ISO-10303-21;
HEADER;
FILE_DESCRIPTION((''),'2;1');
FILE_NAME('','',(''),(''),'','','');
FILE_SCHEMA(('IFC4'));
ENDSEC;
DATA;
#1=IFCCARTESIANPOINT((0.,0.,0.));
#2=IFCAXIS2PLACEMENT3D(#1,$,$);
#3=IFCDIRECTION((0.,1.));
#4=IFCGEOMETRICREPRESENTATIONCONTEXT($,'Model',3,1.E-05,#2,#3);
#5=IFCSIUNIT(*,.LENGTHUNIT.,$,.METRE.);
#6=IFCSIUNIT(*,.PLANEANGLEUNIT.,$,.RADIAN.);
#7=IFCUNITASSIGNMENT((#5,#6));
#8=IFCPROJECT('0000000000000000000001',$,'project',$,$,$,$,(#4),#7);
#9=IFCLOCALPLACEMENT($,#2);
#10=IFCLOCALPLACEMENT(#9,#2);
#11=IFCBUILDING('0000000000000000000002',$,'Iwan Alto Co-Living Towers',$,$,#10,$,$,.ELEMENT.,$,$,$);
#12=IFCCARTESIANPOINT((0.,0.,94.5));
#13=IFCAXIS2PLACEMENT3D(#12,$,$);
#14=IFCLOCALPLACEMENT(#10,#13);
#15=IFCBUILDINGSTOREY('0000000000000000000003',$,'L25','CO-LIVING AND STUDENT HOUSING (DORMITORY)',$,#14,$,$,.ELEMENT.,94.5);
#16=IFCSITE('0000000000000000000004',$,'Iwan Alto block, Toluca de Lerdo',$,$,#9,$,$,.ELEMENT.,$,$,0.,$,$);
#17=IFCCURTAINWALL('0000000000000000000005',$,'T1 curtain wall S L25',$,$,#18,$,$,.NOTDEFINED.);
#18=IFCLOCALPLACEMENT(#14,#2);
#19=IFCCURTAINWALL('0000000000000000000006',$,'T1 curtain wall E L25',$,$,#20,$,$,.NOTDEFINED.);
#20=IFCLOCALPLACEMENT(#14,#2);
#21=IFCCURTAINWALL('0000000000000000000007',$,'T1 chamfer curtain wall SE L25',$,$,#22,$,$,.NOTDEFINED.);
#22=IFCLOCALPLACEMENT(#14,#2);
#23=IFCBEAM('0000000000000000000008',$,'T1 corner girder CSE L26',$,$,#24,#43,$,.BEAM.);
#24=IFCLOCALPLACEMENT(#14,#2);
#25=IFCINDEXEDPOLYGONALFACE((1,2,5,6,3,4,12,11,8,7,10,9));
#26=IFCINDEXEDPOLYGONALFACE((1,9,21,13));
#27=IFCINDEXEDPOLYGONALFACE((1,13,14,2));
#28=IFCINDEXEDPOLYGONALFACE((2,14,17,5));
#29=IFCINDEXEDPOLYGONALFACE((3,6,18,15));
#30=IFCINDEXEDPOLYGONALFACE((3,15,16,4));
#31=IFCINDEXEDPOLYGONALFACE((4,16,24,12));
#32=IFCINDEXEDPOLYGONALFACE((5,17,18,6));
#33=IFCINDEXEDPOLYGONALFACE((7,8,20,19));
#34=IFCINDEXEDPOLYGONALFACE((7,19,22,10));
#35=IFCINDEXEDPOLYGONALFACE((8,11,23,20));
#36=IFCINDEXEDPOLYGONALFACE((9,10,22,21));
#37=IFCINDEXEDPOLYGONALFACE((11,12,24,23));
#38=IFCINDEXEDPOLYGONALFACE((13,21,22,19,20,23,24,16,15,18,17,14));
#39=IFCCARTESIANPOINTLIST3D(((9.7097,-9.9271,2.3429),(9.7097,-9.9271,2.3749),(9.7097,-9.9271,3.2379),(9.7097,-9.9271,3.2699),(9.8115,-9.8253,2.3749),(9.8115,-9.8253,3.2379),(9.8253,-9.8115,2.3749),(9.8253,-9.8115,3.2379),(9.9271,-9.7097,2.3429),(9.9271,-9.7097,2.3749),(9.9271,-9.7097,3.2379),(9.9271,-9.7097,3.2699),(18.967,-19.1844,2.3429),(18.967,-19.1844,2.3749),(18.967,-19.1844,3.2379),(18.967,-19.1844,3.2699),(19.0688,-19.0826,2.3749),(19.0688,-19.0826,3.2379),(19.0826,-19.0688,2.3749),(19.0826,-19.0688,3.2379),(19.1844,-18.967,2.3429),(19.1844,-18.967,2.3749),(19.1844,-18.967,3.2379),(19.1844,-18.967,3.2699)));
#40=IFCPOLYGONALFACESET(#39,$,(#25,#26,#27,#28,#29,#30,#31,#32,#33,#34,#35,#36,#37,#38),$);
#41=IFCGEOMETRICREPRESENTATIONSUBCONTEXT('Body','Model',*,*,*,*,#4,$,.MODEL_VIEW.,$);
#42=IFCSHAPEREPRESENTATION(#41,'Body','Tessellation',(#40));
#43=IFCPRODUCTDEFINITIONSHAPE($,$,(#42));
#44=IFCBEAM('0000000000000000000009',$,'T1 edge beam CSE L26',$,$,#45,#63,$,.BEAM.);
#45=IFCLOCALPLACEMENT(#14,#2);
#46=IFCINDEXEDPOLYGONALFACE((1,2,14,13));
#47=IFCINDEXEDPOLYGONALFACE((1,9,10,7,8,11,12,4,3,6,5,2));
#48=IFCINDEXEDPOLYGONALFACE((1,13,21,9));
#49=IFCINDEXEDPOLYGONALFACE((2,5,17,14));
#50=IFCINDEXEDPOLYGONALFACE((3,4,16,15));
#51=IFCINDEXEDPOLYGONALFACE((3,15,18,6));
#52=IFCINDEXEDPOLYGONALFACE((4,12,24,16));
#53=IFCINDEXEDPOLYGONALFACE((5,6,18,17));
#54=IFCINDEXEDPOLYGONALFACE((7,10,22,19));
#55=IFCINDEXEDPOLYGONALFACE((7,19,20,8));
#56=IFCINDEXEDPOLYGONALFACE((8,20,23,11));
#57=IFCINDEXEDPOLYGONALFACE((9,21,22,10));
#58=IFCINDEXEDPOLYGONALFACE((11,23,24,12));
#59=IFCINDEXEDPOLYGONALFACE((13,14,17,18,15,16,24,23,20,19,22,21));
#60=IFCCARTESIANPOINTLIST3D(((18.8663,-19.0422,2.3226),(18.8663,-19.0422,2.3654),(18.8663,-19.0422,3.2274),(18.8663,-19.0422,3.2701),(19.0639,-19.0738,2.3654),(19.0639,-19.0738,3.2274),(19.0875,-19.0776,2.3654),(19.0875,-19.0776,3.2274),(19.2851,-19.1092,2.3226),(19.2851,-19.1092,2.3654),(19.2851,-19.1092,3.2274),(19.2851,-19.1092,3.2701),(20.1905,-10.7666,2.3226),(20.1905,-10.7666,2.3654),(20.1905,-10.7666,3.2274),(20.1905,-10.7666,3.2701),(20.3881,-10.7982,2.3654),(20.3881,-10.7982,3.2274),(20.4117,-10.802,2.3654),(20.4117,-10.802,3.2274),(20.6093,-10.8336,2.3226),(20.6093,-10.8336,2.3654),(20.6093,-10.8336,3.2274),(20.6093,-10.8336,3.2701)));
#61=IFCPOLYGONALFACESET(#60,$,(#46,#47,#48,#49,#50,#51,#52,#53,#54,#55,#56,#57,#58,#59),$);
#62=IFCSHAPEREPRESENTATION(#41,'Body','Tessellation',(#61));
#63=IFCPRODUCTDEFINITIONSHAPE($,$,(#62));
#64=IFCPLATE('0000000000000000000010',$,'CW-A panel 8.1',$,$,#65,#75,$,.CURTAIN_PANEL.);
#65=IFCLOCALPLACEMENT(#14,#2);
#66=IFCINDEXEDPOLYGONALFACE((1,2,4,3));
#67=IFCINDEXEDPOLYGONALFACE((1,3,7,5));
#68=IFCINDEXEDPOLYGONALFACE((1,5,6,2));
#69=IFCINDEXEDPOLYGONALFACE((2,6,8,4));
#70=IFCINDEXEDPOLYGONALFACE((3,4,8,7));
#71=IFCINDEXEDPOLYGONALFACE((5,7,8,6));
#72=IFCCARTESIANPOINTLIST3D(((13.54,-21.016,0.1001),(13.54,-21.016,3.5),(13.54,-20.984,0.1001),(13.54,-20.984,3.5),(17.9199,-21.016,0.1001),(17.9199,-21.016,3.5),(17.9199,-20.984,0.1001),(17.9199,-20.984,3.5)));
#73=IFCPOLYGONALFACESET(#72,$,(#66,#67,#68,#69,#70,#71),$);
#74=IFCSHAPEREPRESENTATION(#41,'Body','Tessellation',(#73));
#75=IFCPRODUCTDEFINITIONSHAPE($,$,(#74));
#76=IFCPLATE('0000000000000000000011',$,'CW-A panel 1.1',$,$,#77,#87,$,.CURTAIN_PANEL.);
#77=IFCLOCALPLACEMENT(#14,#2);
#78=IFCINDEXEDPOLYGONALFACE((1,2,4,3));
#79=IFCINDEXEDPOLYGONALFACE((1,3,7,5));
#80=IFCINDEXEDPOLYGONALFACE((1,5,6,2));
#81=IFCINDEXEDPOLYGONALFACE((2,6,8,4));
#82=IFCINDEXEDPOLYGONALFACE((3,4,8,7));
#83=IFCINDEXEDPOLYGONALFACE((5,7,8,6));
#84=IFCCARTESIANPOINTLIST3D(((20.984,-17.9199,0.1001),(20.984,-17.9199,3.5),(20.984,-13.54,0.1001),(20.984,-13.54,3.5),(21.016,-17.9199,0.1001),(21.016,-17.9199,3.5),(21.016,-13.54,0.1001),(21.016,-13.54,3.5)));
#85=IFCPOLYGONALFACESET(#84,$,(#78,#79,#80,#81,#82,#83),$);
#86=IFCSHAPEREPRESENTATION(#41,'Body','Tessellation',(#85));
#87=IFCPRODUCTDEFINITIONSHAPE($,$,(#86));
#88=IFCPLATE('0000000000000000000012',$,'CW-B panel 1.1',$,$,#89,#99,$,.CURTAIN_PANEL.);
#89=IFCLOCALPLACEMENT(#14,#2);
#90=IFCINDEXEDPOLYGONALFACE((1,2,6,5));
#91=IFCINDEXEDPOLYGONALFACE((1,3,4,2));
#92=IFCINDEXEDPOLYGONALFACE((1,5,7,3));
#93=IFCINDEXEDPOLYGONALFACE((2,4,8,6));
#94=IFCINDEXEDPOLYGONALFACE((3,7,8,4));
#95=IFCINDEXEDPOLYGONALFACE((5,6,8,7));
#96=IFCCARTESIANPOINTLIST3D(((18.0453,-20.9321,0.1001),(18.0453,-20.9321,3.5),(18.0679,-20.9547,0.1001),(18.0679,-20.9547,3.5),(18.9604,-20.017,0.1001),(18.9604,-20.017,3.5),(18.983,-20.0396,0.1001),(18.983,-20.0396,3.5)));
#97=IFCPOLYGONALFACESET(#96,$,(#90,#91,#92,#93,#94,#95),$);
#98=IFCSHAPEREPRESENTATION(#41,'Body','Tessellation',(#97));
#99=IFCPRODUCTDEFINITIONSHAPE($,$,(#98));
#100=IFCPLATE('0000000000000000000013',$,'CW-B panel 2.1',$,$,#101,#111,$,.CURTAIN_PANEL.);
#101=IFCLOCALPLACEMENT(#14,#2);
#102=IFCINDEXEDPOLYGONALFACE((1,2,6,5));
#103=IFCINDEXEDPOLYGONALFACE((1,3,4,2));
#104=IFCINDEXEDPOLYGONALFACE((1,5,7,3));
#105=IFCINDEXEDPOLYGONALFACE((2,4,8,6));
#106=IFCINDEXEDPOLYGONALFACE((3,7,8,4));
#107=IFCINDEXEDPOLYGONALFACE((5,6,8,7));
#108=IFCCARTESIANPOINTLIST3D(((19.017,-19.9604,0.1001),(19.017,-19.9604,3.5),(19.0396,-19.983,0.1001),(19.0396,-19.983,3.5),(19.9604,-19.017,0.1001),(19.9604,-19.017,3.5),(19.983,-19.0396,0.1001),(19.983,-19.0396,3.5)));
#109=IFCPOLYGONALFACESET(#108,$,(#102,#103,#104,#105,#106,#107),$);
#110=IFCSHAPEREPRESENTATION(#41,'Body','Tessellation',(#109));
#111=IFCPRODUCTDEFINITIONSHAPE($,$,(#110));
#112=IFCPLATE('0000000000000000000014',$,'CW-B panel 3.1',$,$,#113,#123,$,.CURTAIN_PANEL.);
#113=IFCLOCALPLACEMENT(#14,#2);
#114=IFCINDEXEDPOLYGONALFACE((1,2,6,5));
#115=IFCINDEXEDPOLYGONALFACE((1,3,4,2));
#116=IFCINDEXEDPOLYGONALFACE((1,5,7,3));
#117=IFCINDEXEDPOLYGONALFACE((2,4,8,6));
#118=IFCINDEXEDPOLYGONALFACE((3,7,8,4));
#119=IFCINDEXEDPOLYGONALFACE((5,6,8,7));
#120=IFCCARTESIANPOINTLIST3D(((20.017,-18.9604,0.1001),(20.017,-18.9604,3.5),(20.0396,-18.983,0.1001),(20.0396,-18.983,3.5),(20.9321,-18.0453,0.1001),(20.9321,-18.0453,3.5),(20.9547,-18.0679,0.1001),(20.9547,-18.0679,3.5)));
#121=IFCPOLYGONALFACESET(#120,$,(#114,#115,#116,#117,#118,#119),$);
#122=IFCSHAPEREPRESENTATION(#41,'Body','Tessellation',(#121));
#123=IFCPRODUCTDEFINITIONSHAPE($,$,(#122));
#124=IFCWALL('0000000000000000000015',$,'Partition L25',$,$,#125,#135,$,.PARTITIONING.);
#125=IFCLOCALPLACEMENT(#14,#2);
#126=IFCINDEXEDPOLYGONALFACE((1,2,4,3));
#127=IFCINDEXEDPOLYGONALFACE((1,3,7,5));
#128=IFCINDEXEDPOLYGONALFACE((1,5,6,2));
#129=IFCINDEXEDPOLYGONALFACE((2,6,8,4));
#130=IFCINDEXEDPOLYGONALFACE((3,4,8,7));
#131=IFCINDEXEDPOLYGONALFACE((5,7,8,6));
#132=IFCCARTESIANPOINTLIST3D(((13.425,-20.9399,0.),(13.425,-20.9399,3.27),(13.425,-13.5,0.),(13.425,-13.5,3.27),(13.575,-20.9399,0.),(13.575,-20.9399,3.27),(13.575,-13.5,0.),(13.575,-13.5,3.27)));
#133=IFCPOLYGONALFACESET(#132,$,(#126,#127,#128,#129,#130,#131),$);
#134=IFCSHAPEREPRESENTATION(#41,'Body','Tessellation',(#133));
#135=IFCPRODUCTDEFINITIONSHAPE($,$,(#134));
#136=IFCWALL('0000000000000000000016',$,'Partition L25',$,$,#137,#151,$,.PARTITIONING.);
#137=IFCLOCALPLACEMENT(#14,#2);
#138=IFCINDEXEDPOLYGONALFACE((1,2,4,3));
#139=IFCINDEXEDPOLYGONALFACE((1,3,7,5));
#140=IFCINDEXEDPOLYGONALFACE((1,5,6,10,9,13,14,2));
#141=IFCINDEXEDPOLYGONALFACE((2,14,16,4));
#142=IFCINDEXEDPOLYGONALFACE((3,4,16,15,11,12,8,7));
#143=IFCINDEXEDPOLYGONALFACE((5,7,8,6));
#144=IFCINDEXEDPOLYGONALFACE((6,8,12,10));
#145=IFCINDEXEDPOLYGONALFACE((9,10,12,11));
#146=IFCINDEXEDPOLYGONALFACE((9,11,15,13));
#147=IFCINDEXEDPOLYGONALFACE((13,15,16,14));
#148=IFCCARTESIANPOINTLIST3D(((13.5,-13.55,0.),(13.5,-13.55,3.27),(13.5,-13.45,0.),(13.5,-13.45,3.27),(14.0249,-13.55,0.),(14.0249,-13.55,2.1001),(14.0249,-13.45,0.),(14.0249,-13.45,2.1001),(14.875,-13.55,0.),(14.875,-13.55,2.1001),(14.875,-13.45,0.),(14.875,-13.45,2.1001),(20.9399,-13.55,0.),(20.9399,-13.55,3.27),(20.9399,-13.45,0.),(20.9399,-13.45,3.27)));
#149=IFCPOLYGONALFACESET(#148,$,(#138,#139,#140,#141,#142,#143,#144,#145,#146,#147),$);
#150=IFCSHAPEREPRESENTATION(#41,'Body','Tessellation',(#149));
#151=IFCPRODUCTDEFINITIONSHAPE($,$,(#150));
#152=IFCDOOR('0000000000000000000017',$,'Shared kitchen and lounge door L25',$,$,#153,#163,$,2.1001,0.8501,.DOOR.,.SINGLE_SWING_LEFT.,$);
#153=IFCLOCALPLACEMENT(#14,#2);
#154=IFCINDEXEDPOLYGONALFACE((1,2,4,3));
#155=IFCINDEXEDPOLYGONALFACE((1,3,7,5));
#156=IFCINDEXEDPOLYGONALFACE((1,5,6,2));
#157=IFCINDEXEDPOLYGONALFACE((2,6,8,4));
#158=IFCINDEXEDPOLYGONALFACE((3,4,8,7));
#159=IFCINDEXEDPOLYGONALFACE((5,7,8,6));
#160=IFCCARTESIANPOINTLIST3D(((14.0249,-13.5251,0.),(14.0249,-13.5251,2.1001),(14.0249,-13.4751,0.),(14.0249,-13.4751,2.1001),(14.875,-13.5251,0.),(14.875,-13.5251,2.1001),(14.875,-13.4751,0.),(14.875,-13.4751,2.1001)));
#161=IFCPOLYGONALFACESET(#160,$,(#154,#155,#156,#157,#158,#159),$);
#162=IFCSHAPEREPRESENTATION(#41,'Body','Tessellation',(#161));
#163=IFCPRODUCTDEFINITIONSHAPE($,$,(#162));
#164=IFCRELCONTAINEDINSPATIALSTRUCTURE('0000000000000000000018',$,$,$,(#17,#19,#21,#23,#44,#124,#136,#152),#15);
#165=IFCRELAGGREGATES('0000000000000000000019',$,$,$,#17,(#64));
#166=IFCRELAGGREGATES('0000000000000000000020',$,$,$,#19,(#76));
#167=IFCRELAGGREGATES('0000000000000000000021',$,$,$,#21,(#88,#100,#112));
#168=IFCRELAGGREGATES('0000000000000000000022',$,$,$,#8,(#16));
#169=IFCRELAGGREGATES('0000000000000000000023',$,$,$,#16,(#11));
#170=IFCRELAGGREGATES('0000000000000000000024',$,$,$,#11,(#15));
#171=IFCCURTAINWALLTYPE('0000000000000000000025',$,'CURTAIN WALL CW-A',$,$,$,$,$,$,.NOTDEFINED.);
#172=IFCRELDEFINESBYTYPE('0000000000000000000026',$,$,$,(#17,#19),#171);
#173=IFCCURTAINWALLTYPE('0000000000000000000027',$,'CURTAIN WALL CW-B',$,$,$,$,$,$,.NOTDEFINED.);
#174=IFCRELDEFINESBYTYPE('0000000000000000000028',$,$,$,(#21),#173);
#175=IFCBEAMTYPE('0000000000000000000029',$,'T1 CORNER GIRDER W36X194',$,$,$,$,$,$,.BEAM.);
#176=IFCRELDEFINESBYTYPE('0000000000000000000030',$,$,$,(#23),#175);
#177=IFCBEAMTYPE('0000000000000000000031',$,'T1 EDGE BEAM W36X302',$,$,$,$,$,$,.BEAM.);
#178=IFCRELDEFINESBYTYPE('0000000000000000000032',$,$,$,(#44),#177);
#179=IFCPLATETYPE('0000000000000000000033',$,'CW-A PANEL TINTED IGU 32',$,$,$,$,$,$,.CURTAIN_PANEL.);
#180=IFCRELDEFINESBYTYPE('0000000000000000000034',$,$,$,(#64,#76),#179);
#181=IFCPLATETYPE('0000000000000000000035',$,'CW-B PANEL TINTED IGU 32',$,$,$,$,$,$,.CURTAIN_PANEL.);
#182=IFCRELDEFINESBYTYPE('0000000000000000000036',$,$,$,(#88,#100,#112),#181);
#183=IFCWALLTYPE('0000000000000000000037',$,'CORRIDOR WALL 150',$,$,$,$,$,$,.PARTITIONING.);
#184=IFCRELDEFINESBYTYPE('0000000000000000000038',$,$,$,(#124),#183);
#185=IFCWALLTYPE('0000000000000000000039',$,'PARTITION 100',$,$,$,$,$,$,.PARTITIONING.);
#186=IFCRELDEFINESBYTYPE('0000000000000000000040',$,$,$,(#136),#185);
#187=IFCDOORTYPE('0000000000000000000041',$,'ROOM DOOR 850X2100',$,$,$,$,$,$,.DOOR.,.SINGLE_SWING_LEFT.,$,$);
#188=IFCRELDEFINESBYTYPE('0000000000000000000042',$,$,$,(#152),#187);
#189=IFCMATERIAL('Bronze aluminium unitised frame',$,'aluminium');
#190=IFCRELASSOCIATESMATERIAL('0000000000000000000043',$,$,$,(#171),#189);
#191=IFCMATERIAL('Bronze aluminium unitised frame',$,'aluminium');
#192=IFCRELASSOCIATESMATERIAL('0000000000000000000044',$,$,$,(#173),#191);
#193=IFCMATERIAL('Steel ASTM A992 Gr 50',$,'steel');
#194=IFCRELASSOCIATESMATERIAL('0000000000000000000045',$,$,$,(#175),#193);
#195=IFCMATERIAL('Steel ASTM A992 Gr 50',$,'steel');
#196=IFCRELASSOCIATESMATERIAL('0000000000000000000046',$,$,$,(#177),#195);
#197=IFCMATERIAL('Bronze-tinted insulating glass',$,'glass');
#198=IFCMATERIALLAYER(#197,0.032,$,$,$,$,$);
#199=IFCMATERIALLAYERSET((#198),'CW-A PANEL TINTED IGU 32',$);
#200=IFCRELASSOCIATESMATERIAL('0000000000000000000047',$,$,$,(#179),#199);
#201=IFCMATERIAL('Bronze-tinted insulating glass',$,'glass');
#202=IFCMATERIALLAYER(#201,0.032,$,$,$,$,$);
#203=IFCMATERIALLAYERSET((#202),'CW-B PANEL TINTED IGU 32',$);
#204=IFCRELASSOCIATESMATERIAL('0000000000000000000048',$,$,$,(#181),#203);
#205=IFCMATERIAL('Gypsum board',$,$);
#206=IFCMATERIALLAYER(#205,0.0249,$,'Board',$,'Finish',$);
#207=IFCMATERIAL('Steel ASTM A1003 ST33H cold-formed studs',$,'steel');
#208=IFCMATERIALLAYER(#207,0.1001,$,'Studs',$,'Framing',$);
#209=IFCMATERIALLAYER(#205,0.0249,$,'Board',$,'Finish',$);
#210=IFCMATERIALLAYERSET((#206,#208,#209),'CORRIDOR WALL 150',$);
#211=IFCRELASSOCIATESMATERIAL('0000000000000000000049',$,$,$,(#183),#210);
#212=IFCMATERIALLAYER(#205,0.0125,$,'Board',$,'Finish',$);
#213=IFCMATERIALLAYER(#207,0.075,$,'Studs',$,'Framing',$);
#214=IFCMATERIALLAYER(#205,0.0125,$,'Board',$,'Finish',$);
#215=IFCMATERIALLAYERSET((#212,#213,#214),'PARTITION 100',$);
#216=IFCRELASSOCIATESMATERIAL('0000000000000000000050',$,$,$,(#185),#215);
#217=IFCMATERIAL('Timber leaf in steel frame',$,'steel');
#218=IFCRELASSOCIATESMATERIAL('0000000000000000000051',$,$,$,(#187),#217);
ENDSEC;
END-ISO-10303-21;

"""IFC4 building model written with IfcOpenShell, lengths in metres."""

from ifc_helpers import new_model, si_unit, direction, frame, frame_2d, origin, origin_2d, place, context, subcontext, project, spatial, rectangle, i_section, extrude, material, layer, layer_set, material_profile, profile_set, type_object, element, fill, aggregate, save


model = new_model("IFC4")

# Units and contexts
model_context = context("Model", 3, precision=1e-05, world=origin(), true_north=direction((0.0, 1.0)))
body_context = subcontext(model_context, "Body", "Model", "MODEL_VIEW")
ifc_project = project(units=[si_unit("LENGTHUNIT", "METRE"), si_unit("PLANEANGLEUNIT", "RADIAN")], contexts=[model_context])

# Site, building, storey
site_placement = place(None, origin())
site = spatial("IfcSite", under=ifc_project, at=site_placement, Name="Iwan Alto block, Toluca de Lerdo", CompositionType="ELEMENT", RefElevation=0.0)
building_placement = place(site_placement, origin())
building = spatial("IfcBuilding", under=site, at=building_placement, Name="Iwan Alto Co-Living Towers", CompositionType="ELEMENT")
storey_placement = place(building_placement, frame((0.0, 0.0, 94.5)))
storey = spatial("IfcBuildingStorey", under=building, at=storey_placement, Name="L25", Description="CO-LIVING AND STUDENT HOUSING (DORMITORY)", CompositionType="ELEMENT", Elevation=94.5)

# Curtain wall
ifc_material_1 = material(Name="Bronze aluminium unitised frame", Category="aluminium")
curtain_wall_type_1 = type_object("IfcCurtainWallType", Name="CURTAIN WALL CW-A", PredefinedType="NOTDEFINED", material=ifc_material_1)
curtain_wall_1_placement = place(storey_placement, origin())
curtain_wall_1 = element("IfcCurtainWall", 1, at=curtain_wall_1_placement, inside=storey, type_object=curtain_wall_type_1, Name="T1 curtain wall S L25", PredefinedType="NOTDEFINED")

# Curtain wall
curtain_wall_2_placement = place(storey_placement, origin())
curtain_wall_2 = element("IfcCurtainWall", 2, at=curtain_wall_2_placement, inside=storey, type_object=curtain_wall_type_1, Name="T1 curtain wall E L25", PredefinedType="NOTDEFINED")

# Curtain wall
ifc_material_2 = material(Name="Bronze aluminium unitised frame", Category="aluminium")
curtain_wall_type_2 = type_object("IfcCurtainWallType", Name="CURTAIN WALL CW-B", PredefinedType="NOTDEFINED", material=ifc_material_2)
curtain_wall_3_placement = place(storey_placement, origin())
curtain_wall_3 = element("IfcCurtainWall", 3, at=curtain_wall_3_placement, inside=storey, type_object=curtain_wall_type_2, Name="T1 chamfer curtain wall SE L25", PredefinedType="NOTDEFINED")

# Beams
ifc_material_3 = material(Name="Steel ASTM A992 Gr 50", Category="steel")
ifc_material_profile_1 = material_profile(ifc_material_3, i_section(OverallWidth=0.3074, OverallDepth=0.927, WebThickness=0.0195, FlangeThickness=0.032, at=origin_2d()), Name="W36X194")
ifc_profile_set_1 = profile_set([ifc_material_profile_1], Name="Steel ASTM A992 Gr 50")
beam_type_1 = type_object("IfcBeamType", Name="T1 CORNER GIRDER W36X194", PredefinedType="BEAM", material=ifc_profile_set_1)
beam_1_placement = place(storey_placement, frame((19.0757, -19.0757, 2.8064), z_axis=(-0.707107, 0.707107, 0.0), x_axis=(-0.707107, -0.707107, 0.0)))
element("IfcBeam", 4, at=beam_1_placement, inside=storey, type_object=beam_type_1, Name="T1 corner girder CSE L26", PredefinedType="BEAM", context=body_context, shape_type="SweptSolid", body=[
    extrude(i_section(OverallWidth=0.3074, OverallDepth=0.927, WebThickness=0.0195, FlangeThickness=0.032, at=origin_2d()), origin(), (0.0, 0.0, 1.0), 13.0918),
])
ifc_material_4 = material(Name="Steel ASTM A992 Gr 50", Category="steel")
ifc_material_profile_2 = material_profile(ifc_material_4, i_section(OverallWidth=0.4241, OverallDepth=0.9475, WebThickness=0.0239, FlangeThickness=0.0427, at=origin_2d()), Name="W36X302")
ifc_profile_set_2 = profile_set([ifc_material_profile_2], Name="Steel ASTM A992 Gr 50")
beam_type_2 = type_object("IfcBeamType", Name="T1 EDGE BEAM W36X302", PredefinedType="BEAM", material=ifc_profile_set_2)
beam_2_placement = place(storey_placement, frame((19.0757, -19.0757, 2.7964), z_axis=(0.158004, 0.987438, 0.0), x_axis=(-0.987438, 0.158004, 0.0)))
element("IfcBeam", 5, at=beam_2_placement, inside=storey, type_object=beam_type_2, Name="T1 edge beam CSE L26", PredefinedType="BEAM", context=body_context, shape_type="SweptSolid", body=[
    extrude(i_section(OverallWidth=0.4241, OverallDepth=0.9475, WebThickness=0.0239, FlangeThickness=0.0427, at=origin_2d()), origin(), (0.0, 0.0, 1.0), 8.3809),
])

# Plates
ifc_material_5 = material(Name="Bronze-tinted insulating glass", Category="glass")
ifc_layer_1 = layer(ifc_material_5, 0.032)
ifc_layer_set_1 = layer_set([ifc_layer_1], Name="CW-A PANEL TINTED IGU 32")
plate_type_1 = type_object("IfcPlateType", Name="CW-A PANEL TINTED IGU 32", PredefinedType="CURTAIN_PANEL", material=ifc_layer_set_1)
plate_1_placement = place(storey_placement, frame((15.73, -21.0, 0.1001), z_axis=(0.0, 0.0, 1.0), x_axis=(1.0, 0.0, 0.0)))
plate_1 = element("IfcPlate", 6, at=plate_1_placement, type_object=plate_type_1, Name="CW-A panel 8.1", PredefinedType="CURTAIN_PANEL", context=body_context, shape_type="SweptSolid", body=[
    extrude(rectangle(XDim=4.3799, YDim=0.032, at=origin_2d()), origin(), (0.0, 0.0, 1.0), 3.3999),
])
aggregate(curtain_wall_1, [plate_1])
plate_2_placement = place(storey_placement, frame((21.0, -15.73, 0.1001), z_axis=(0.0, 0.0, 1.0), x_axis=(0.0, 1.0, 0.0)))
plate_2 = element("IfcPlate", 7, at=plate_2_placement, type_object=plate_type_1, Name="CW-A panel 1.1", PredefinedType="CURTAIN_PANEL", context=body_context, shape_type="SweptSolid", body=[
    extrude(rectangle(XDim=4.3799, YDim=0.032, at=origin_2d()), origin(), (0.0, 0.0, 1.0), 3.3999),
])
aggregate(curtain_wall_2, [plate_2])
ifc_material_6 = material(Name="Bronze-tinted insulating glass", Category="glass")
ifc_layer_2 = layer(ifc_material_6, 0.032)
ifc_layer_set_2 = layer_set([ifc_layer_2], Name="CW-B PANEL TINTED IGU 32")
plate_type_2 = type_object("IfcPlateType", Name="CW-B PANEL TINTED IGU 32", PredefinedType="CURTAIN_PANEL", material=ifc_layer_set_2)
plate_3_placement = place(storey_placement, frame((18.5142, -20.4858, 0.1001), z_axis=(0.0, 0.0, 1.0), x_axis=(0.707107, 0.707107, 0.0)))
plate_3 = element("IfcPlate", 8, at=plate_3_placement, type_object=plate_type_2, Name="CW-B panel 1.1", PredefinedType="CURTAIN_PANEL", context=body_context, shape_type="SweptSolid", body=[
    extrude(rectangle(XDim=1.2942, YDim=0.032, at=origin_2d()), origin(), (0.0, 0.0, 1.0), 3.3999),
])
plate_4_placement = place(storey_placement, frame((19.5, -19.5, 0.1001), z_axis=(0.0, 0.0, 1.0), x_axis=(0.707107, 0.707107, 0.0)))
plate_4 = element("IfcPlate", 9, at=plate_4_placement, type_object=plate_type_2, Name="CW-B panel 2.1", PredefinedType="CURTAIN_PANEL", context=body_context, shape_type="SweptSolid", body=[
    extrude(rectangle(XDim=1.3342, YDim=0.032, at=origin_2d()), origin(), (0.0, 0.0, 1.0), 3.3999),
])
plate_5_placement = place(storey_placement, frame((20.4858, -18.5142, 0.1001), z_axis=(0.0, 0.0, 1.0), x_axis=(0.707107, 0.707107, 0.0)))
plate_5 = element("IfcPlate", 10, at=plate_5_placement, type_object=plate_type_2, Name="CW-B panel 3.1", PredefinedType="CURTAIN_PANEL", context=body_context, shape_type="SweptSolid", body=[
    extrude(rectangle(XDim=1.2942, YDim=0.032, at=origin_2d()), origin(), (0.0, 0.0, 1.0), 3.3999),
])
aggregate(curtain_wall_3, [plate_3, plate_4, plate_5])

# Wall
ifc_material_7 = material(Name="Gypsum board")
ifc_layer_3 = layer(ifc_material_7, 0.0249, Name="Board", Category="Finish")
ifc_material_8 = material(Name="Steel ASTM A1003 ST33H cold-formed studs", Category="steel")
ifc_layer_4 = layer(ifc_material_8, 0.1001, Name="Studs", Category="Framing")
ifc_layer_5 = layer(ifc_material_7, 0.0249, Name="Board", Category="Finish")
ifc_layer_set_3 = layer_set([ifc_layer_3, ifc_layer_4, ifc_layer_5], Name="CORRIDOR WALL 150")
wall_type_1 = type_object("IfcWallType", Name="CORRIDOR WALL 150", PredefinedType="PARTITIONING", material=ifc_layer_set_3)
wall_1_placement = place(storey_placement, frame((13.5, -20.9399, 0.0), z_axis=(0.0, 0.0, 1.0), x_axis=(0.0, 1.0, 0.0)))
element("IfcWall", 11, at=wall_1_placement, inside=storey, type_object=wall_type_1, Name="Partition L25", PredefinedType="PARTITIONING", context=body_context, shape_type="SweptSolid", body=[
    extrude(rectangle(XDim=7.4399, YDim=0.1499, at=frame_2d((3.72, 0.0))), origin(), (0.0, 0.0, 1.0), 3.27),
])

# Wall, opening, door
ifc_layer_6 = layer(ifc_material_7, 0.0125, Name="Board", Category="Finish")
ifc_layer_7 = layer(ifc_material_8, 0.075, Name="Studs", Category="Framing")
ifc_layer_8 = layer(ifc_material_7, 0.0125, Name="Board", Category="Finish")
ifc_layer_set_4 = layer_set([ifc_layer_6, ifc_layer_7, ifc_layer_8], Name="PARTITION 100")
wall_type_2 = type_object("IfcWallType", Name="PARTITION 100", PredefinedType="PARTITIONING", material=ifc_layer_set_4)
wall_2_placement = place(storey_placement, frame((13.5, -13.5, 0.0), z_axis=(0.0, 0.0, 1.0), x_axis=(1.0, 0.0, 0.0)))
wall_2 = element("IfcWall", 12, at=wall_2_placement, inside=storey, type_object=wall_type_2, Name="Partition L25", PredefinedType="PARTITIONING", context=body_context, shape_type="SweptSolid", body=[
    extrude(rectangle(XDim=7.4399, YDim=0.1001, at=frame_2d((3.72, 0.0))), origin(), (0.0, 0.0, 1.0), 3.27),
])
opening_placement = place(wall_2_placement, frame((0.5249, 0.0, 0.0)))
opening = element("IfcOpeningElement", 13, at=opening_placement, cuts=wall_2, PredefinedType="OPENING", context=body_context, shape_type="SweptSolid", body=[
    extrude(rectangle(XDim=0.8501, YDim=2.1001, at=frame_2d((0.425, 1.05))), frame((0.0, 0.0601, 0.0), z_axis=(0.0, -1.0, 0.0), x_axis=(1.0, 0.0, 0.0)), (0.0, 0.0, 1.0), 0.1201),
])
ifc_material_9 = material(Name="Timber leaf in steel frame", Category="steel")
door_type = type_object("IfcDoorType", Name="ROOM DOOR 850X2100", OperationType="SINGLE_SWING_LEFT", PredefinedType="DOOR", material=ifc_material_9)
door_placement = place(opening_placement, origin())
door = element("IfcDoor", 14, at=door_placement, inside=storey, type_object=door_type, Name="Shared kitchen and lounge door L25", OperationType="SINGLE_SWING_LEFT", OverallHeight=2.1001, OverallWidth=0.8501, PredefinedType="DOOR", context=body_context, shape_type="SweptSolid", body=[
    extrude(rectangle(XDim=0.8501, YDim=2.1001, at=frame_2d((0.425, 1.05))), frame((0.0, 0.0249, 0.0), z_axis=(0.0, -1.0, 0.0), x_axis=(1.0, 0.0, 0.0)), (0.0, 0.0, 1.0), 0.05),
])
fill(opening, door)

save(model, "model.ifc")
